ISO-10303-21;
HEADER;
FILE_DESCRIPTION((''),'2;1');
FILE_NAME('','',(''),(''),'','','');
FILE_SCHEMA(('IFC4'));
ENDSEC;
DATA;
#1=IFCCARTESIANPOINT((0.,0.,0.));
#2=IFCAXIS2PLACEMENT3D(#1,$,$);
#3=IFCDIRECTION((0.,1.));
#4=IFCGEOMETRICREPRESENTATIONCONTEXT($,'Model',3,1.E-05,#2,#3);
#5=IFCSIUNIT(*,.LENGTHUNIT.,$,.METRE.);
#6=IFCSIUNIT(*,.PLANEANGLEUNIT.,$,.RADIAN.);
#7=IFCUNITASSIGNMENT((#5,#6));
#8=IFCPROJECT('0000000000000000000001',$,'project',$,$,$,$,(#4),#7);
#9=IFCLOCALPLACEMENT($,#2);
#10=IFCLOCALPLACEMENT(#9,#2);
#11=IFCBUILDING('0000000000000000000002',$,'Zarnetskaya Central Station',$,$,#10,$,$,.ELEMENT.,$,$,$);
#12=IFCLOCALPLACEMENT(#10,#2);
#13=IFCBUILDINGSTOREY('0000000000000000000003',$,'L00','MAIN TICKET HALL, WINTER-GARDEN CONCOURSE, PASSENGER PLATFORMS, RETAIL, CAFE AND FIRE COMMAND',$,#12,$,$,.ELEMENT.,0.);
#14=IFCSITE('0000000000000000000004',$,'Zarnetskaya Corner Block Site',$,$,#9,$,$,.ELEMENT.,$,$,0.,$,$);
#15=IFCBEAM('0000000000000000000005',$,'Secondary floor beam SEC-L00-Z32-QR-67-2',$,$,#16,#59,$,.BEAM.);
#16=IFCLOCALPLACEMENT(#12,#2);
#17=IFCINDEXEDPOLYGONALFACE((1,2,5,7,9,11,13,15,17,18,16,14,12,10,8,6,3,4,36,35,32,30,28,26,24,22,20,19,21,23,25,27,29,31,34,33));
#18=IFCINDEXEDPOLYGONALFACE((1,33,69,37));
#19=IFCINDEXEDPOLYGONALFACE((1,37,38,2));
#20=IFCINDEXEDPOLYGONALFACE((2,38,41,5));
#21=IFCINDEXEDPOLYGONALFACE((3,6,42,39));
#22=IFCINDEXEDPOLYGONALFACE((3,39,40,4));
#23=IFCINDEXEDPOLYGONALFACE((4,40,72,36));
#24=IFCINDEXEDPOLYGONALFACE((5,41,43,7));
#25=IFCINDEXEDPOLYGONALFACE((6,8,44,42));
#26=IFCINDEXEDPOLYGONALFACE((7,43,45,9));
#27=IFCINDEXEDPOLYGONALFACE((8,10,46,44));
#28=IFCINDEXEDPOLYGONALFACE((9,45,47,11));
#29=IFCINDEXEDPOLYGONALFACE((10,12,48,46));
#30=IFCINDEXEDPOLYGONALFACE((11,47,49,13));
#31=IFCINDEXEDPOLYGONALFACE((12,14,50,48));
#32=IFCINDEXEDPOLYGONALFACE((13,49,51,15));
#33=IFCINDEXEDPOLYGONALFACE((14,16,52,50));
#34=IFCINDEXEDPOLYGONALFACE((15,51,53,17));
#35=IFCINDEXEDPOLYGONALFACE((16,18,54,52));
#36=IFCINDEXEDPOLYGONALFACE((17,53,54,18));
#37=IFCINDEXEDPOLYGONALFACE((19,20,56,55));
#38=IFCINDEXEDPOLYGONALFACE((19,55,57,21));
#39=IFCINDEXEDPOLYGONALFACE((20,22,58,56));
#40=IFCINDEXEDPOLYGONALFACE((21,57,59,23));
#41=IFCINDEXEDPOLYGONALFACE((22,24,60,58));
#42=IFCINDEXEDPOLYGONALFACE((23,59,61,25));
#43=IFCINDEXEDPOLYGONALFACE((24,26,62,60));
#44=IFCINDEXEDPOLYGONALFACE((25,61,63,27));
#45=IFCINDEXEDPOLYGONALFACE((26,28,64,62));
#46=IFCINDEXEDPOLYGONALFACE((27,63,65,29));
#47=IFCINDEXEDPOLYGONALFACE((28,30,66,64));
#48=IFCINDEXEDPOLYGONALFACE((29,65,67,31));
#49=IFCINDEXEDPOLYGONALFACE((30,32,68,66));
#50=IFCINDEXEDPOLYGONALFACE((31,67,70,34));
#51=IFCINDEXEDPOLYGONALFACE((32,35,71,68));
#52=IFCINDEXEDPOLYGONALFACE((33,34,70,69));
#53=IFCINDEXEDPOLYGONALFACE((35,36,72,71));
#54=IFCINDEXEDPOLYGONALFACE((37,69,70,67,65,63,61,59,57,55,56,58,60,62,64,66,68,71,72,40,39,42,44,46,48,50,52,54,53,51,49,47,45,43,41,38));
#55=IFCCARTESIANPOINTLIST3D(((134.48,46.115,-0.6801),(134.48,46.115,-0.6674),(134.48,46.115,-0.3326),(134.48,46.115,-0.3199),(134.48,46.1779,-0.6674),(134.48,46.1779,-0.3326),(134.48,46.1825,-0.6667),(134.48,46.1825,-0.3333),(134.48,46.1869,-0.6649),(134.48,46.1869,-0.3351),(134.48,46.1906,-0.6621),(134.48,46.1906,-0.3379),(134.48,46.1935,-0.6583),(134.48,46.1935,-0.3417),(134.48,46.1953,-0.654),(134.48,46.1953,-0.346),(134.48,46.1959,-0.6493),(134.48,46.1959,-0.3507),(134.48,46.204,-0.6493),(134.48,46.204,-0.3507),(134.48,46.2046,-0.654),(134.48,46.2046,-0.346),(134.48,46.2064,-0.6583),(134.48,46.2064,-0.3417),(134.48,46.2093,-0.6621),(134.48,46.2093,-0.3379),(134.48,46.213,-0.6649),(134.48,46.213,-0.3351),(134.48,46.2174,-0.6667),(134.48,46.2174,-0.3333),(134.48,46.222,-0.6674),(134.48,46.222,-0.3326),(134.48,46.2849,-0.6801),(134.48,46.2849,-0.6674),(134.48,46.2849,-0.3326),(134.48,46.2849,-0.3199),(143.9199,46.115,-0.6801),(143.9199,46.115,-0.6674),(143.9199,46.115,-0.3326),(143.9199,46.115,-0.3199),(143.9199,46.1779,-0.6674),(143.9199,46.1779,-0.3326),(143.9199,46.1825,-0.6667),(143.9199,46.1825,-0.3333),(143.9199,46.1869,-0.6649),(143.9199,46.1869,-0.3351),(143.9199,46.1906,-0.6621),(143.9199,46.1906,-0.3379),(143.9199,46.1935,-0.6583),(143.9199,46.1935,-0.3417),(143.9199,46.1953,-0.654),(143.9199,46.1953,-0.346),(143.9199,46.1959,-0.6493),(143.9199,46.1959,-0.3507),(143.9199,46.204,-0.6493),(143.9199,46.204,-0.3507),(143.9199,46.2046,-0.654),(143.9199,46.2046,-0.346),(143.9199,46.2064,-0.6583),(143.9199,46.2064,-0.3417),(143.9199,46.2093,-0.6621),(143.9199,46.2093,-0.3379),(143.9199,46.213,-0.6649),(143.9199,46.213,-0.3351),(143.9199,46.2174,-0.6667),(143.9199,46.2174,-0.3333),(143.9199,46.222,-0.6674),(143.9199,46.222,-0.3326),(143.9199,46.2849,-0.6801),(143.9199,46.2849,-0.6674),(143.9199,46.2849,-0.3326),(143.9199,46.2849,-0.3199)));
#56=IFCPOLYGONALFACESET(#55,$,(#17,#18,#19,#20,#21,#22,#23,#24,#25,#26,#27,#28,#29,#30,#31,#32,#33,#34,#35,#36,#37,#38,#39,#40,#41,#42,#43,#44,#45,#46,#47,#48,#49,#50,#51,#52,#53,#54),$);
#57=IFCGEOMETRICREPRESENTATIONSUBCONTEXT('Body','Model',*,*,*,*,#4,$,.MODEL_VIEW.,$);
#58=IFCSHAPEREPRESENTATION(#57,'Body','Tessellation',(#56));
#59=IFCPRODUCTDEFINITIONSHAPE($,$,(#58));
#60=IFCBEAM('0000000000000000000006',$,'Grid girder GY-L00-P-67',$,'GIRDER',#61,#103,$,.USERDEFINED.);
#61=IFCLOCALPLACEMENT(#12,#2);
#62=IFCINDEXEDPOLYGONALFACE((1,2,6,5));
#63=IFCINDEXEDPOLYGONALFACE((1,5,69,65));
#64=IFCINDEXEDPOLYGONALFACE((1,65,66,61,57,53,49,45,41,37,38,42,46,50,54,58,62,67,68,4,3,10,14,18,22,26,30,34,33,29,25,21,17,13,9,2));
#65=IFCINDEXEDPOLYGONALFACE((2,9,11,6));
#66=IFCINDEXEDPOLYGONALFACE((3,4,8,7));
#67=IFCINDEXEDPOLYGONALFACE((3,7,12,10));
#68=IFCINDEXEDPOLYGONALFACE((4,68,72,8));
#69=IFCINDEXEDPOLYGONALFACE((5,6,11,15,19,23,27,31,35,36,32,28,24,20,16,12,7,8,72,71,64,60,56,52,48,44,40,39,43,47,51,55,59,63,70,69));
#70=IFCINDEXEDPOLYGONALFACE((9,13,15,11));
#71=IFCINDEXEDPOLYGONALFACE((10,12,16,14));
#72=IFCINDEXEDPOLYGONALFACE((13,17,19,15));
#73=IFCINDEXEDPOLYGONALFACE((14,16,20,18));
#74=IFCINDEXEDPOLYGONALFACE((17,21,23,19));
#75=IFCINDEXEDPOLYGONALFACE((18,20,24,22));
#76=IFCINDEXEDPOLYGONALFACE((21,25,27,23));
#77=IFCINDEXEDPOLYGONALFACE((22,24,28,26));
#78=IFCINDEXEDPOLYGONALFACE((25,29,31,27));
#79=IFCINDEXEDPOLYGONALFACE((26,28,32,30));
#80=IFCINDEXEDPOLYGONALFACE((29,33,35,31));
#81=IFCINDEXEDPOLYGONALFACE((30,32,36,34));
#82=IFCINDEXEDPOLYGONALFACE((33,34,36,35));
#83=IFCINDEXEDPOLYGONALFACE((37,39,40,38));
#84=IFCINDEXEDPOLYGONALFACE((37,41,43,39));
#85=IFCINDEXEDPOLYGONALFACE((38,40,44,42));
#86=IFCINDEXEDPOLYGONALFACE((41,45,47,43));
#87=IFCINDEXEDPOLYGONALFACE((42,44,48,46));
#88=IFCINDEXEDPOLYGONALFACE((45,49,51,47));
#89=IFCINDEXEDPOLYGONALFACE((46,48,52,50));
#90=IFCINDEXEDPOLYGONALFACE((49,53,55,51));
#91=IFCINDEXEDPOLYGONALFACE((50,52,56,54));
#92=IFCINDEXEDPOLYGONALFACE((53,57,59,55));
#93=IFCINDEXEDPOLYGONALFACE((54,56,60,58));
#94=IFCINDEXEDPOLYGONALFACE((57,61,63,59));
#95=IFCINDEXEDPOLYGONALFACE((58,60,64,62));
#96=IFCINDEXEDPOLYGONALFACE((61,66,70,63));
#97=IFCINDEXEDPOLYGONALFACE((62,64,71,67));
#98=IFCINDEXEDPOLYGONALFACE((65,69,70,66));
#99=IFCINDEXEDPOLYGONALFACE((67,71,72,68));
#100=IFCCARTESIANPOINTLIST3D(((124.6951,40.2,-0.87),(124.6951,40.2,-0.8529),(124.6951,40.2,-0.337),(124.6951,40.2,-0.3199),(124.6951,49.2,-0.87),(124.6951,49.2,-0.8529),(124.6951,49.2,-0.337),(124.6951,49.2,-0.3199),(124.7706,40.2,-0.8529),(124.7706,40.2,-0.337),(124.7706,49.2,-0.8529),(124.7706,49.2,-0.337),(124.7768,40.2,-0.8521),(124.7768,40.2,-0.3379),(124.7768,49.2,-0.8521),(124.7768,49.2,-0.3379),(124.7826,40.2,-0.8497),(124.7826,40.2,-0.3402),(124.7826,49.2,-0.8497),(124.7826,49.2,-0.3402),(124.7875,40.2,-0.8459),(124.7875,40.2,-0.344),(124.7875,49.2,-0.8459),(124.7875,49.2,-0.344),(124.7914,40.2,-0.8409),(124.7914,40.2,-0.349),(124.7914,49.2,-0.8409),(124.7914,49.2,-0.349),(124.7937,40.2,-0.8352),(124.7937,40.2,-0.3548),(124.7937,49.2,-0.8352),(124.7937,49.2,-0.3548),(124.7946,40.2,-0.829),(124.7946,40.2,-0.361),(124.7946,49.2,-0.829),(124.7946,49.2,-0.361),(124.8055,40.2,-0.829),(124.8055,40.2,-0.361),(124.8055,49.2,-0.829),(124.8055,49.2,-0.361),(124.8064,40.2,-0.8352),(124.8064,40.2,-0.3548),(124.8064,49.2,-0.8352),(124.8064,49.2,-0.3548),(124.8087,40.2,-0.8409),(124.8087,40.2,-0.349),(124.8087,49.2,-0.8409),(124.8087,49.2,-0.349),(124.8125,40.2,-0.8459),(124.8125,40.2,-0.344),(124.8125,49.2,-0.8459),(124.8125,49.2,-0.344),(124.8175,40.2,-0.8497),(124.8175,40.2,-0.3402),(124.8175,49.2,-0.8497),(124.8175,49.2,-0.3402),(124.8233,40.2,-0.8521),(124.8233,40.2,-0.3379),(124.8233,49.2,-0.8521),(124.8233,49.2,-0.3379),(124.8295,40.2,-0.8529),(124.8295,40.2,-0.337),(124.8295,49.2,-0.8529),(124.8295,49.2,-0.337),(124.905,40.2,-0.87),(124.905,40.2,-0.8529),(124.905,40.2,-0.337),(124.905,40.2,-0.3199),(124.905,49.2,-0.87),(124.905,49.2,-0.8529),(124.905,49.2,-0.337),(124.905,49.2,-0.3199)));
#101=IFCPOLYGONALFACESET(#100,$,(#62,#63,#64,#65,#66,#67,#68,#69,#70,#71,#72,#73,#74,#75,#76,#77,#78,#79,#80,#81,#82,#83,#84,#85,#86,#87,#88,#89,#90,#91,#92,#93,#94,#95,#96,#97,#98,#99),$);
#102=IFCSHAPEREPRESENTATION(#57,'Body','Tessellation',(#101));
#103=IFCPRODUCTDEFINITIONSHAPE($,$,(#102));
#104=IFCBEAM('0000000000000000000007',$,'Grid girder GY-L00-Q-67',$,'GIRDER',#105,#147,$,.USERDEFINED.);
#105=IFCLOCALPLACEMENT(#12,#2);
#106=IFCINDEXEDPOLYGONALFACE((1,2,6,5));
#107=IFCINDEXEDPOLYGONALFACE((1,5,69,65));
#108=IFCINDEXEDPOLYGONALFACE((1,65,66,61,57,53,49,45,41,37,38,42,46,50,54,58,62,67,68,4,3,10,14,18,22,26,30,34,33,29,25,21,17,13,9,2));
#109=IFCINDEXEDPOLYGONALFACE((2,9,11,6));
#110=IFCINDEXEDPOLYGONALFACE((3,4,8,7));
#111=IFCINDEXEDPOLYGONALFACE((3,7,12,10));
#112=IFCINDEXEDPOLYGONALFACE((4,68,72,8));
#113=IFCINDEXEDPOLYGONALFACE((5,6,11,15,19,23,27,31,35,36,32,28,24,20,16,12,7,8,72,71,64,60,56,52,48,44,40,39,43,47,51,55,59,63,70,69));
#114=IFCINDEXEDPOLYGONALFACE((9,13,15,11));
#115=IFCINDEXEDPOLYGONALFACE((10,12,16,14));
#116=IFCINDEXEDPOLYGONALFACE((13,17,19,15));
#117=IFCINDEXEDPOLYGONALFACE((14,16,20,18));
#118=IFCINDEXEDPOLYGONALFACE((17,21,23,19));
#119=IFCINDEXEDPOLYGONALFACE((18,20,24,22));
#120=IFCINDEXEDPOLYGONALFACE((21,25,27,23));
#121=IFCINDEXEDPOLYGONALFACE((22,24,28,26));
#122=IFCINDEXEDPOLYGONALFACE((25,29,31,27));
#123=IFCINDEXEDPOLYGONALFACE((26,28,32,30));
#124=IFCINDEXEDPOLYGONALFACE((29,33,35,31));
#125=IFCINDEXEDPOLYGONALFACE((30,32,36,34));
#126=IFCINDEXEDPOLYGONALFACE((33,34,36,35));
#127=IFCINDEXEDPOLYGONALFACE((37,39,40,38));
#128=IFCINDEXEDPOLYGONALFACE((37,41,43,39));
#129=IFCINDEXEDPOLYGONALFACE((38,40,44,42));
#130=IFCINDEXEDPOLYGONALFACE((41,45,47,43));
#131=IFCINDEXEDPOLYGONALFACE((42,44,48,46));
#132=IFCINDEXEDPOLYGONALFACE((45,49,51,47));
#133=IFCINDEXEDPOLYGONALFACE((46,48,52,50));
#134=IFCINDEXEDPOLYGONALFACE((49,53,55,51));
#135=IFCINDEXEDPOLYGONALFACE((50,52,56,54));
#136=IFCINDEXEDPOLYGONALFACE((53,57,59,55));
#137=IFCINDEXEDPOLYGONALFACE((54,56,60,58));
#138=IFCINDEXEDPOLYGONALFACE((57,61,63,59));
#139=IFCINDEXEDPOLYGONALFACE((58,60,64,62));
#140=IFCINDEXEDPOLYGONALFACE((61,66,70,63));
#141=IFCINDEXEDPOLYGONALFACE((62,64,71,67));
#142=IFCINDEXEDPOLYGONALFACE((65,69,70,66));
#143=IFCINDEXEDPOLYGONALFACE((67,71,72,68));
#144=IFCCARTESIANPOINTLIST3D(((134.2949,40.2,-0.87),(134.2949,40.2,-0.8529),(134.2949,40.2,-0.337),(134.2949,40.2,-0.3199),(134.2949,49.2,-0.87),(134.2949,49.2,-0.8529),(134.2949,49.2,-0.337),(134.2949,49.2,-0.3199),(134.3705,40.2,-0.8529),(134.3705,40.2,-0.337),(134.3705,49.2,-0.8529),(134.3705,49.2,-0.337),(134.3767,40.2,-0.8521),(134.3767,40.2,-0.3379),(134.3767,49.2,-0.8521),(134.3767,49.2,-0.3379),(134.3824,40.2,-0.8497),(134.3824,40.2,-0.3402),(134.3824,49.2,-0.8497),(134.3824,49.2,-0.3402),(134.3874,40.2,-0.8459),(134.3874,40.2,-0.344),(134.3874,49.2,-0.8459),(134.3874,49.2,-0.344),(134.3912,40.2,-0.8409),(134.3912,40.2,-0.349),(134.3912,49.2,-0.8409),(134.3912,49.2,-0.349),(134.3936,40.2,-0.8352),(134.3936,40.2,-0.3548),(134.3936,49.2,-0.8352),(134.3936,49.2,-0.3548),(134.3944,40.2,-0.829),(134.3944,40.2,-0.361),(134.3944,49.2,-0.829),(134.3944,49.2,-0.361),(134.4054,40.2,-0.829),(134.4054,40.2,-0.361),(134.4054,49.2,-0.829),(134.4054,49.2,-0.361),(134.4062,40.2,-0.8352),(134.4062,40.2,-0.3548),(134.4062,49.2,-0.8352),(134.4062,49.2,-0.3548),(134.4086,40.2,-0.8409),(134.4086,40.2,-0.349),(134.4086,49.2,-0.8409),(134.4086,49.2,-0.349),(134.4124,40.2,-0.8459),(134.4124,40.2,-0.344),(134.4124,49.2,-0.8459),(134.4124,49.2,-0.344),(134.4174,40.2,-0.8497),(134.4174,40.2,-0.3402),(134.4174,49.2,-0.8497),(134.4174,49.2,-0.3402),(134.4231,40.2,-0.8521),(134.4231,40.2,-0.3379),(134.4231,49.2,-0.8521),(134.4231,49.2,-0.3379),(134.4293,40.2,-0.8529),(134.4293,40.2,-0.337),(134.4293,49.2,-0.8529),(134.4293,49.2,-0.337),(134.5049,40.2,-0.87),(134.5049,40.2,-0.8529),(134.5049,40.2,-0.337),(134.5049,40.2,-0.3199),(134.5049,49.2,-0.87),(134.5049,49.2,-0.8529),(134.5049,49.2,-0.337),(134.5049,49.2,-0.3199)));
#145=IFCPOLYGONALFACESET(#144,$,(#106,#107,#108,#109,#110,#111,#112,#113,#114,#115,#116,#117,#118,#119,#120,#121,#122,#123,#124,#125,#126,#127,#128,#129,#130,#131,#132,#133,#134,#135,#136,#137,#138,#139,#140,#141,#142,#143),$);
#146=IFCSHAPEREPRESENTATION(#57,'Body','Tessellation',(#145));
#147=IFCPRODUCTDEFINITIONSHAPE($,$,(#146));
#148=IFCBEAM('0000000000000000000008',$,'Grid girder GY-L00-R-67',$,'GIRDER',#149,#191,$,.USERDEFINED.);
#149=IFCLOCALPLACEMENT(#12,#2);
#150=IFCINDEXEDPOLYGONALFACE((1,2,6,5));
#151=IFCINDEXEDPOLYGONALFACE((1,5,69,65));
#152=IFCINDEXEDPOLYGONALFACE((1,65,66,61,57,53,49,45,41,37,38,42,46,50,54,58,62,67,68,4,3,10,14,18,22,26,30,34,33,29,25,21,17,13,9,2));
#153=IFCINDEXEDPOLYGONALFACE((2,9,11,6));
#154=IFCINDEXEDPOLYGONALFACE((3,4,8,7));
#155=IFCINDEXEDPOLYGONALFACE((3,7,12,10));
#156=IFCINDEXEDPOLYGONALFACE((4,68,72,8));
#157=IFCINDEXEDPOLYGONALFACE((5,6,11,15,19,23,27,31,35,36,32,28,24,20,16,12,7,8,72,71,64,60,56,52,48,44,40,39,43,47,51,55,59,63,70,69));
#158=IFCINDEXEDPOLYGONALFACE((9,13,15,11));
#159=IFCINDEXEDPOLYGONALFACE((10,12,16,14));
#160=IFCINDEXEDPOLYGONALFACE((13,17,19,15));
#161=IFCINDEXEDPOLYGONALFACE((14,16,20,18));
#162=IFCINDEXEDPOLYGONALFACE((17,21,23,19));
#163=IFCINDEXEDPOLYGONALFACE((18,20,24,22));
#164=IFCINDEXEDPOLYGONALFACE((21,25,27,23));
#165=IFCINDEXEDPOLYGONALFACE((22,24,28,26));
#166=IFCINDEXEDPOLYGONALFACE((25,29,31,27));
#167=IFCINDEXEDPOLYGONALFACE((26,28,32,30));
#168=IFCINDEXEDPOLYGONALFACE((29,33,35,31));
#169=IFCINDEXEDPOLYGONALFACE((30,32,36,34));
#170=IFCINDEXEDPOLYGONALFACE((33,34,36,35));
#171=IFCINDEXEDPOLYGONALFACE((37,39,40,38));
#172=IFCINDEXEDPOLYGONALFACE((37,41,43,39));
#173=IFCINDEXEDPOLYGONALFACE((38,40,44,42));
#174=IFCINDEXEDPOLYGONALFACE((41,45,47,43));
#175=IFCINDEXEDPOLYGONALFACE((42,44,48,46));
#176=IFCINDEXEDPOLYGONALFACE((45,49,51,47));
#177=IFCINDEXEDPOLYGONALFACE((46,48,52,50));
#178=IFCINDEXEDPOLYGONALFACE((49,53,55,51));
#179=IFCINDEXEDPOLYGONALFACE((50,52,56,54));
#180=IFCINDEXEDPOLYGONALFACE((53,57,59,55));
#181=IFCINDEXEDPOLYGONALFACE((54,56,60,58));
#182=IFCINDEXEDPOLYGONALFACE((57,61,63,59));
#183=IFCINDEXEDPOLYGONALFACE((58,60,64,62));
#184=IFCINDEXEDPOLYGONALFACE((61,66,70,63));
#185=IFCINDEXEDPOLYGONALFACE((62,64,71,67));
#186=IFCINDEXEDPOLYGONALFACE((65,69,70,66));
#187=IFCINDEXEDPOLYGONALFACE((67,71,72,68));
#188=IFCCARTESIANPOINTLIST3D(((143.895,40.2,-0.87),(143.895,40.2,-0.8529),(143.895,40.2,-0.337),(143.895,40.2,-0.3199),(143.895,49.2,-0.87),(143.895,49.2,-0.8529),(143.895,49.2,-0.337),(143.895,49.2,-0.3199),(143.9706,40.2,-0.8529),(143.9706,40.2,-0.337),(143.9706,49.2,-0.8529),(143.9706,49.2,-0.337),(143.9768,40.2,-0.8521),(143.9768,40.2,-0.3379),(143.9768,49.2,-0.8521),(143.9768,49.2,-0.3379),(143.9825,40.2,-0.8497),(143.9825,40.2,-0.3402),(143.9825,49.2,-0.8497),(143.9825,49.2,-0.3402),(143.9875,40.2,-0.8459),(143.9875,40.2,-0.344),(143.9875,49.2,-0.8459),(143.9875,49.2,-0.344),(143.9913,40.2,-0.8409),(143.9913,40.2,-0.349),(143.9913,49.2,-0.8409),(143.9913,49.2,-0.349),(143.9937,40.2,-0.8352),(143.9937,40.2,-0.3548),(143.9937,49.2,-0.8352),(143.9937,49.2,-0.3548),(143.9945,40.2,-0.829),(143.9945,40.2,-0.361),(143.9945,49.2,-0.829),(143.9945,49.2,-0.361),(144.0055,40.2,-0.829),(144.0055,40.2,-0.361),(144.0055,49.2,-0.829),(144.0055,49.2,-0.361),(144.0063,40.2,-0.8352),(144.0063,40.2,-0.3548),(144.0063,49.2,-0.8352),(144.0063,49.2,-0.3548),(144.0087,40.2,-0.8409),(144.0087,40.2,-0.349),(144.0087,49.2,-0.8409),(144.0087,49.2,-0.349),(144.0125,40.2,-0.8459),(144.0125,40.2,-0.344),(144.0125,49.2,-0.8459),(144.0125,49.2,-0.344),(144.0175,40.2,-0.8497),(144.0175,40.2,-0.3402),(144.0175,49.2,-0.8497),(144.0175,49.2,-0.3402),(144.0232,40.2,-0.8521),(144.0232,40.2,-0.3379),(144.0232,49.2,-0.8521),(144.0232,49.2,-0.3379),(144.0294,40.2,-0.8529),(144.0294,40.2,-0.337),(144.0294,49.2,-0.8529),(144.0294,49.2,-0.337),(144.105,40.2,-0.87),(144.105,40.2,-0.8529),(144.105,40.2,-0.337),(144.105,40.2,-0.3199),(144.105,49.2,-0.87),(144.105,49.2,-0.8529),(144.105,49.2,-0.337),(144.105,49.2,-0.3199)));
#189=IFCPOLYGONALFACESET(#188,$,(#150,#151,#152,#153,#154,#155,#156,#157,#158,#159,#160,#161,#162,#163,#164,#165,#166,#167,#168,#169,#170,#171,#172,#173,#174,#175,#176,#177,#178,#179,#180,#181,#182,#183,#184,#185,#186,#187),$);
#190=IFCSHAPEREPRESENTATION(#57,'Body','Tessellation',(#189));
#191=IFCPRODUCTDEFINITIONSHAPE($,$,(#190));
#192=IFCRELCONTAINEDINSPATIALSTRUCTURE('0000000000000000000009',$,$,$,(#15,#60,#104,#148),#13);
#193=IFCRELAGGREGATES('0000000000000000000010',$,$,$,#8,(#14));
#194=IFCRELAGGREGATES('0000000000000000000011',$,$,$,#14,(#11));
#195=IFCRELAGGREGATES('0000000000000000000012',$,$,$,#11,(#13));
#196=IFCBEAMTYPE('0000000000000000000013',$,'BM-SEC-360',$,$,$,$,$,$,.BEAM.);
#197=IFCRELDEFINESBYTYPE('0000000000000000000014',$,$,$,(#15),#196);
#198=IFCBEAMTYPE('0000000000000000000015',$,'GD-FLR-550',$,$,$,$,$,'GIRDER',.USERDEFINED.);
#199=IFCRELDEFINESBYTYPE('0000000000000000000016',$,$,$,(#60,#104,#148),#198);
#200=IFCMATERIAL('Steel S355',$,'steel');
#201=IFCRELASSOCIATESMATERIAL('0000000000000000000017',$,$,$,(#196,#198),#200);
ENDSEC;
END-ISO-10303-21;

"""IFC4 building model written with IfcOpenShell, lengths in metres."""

from ifc_helpers import new_model, si_unit, direction, frame, origin, origin_2d, place, context, subcontext, project, spatial, i_section, extrude, material, material_profile, profile_set, type_object, element, save


model = new_model("IFC4")

# Units and contexts
model_context = context("Model", 3, precision=1e-05, world=origin(), true_north=direction((0.0, 1.0)))
body_context = subcontext(model_context, "Body", "Model", "MODEL_VIEW")
ifc_project = project(units=[si_unit("LENGTHUNIT", "METRE"), si_unit("PLANEANGLEUNIT", "RADIAN")], contexts=[model_context])

# Site, building, storey
site_placement = place(None, origin())
site = spatial("IfcSite", under=ifc_project, at=site_placement, Name="Zarnetskaya Corner Block Site", CompositionType="ELEMENT", RefElevation=0.0)
building_placement = place(site_placement, origin())
building = spatial("IfcBuilding", under=site, at=building_placement, Name="Zarnetskaya Central Station", CompositionType="ELEMENT")
storey_placement = place(building_placement, origin())
storey = spatial("IfcBuildingStorey", under=building, at=storey_placement, Name="L00", Description="MAIN TICKET HALL, WINTER-GARDEN CONCOURSE, PASSENGER PLATFORMS, RETAIL, CAFE AND FIRE COMMAND", CompositionType="ELEMENT", Elevation=0.0)

# Shared definitions
ifc_material_1 = material(Name="Steel S355", Category="steel")

# Beams
ifc_material_profile_1 = material_profile(ifc_material_1, i_section(OverallWidth=0.1699, OverallDepth=0.3601, WebThickness=0.0081, FlangeThickness=0.0127, FilletRadius=0.0181, at=origin_2d()), Name="IPE 360")
ifc_profile_set_1 = profile_set([ifc_material_profile_1], Name="Steel S355")
beam_type_1 = type_object("IfcBeamType", Name="BM-SEC-360", PredefinedType="BEAM", material=ifc_profile_set_1)
for number, where, z_axis, x_axis, name in (
    (1, (134.48, 46.2, -0.5), (1.0, 0.0, 0.0), (0.0, 1.0, 0.0), "Secondary floor beam SEC-L00-Z32-QR-67-2"),
):
    element("IfcBeam", number, at=place(storey_placement, frame(where, z_axis=z_axis, x_axis=x_axis)), inside=storey, type_object=beam_type_1, Name=name, PredefinedType="BEAM", context=body_context, shape_type="SweptSolid", body=[
        extrude(i_section(OverallWidth=0.1699, OverallDepth=0.3601, WebThickness=0.0081, FlangeThickness=0.0127, FilletRadius=0.0181, at=origin_2d()), origin(), (0.0, 0.0, 1.0), 9.4399),
    ])
ifc_material_profile_2 = material_profile(ifc_material_1, i_section(OverallWidth=0.21, OverallDepth=0.55, WebThickness=0.011, FlangeThickness=0.0171, FilletRadius=0.0239, at=origin_2d()), Name="IPE 550")
ifc_profile_set_2 = profile_set([ifc_material_profile_2], Name="Steel S355")
beam_type_2 = type_object("IfcBeamType", Name="GD-FLR-550", ElementType="GIRDER", PredefinedType="USERDEFINED", material=ifc_profile_set_2)
for number, where, z_axis, x_axis, name in (
    (2, (124.8, 40.2, -0.595), (0.0, 1.0, 0.0), (-1.0, 0.0, 0.0), "Grid girder GY-L00-P-67"),
    (3, (134.3999, 40.2, -0.595), (0.0, 1.0, 0.0), (-1.0, 0.0, 0.0), "Grid girder GY-L00-Q-67"),
    (4, (144.0, 40.2, -0.595), (0.0, 1.0, 0.0), (-1.0, 0.0, 0.0), "Grid girder GY-L00-R-67"),
):
    element("IfcBeam", number, at=place(storey_placement, frame(where, z_axis=z_axis, x_axis=x_axis)), inside=storey, type_object=beam_type_2, Name=name, ObjectType="GIRDER", PredefinedType="USERDEFINED", context=body_context, shape_type="SweptSolid", body=[
        extrude(i_section(OverallWidth=0.21, OverallDepth=0.55, WebThickness=0.011, FlangeThickness=0.0171, FilletRadius=0.0239, at=origin_2d()), origin(), (0.0, 0.0, 1.0), 9.0),
    ])

save(model, "model.ifc")
